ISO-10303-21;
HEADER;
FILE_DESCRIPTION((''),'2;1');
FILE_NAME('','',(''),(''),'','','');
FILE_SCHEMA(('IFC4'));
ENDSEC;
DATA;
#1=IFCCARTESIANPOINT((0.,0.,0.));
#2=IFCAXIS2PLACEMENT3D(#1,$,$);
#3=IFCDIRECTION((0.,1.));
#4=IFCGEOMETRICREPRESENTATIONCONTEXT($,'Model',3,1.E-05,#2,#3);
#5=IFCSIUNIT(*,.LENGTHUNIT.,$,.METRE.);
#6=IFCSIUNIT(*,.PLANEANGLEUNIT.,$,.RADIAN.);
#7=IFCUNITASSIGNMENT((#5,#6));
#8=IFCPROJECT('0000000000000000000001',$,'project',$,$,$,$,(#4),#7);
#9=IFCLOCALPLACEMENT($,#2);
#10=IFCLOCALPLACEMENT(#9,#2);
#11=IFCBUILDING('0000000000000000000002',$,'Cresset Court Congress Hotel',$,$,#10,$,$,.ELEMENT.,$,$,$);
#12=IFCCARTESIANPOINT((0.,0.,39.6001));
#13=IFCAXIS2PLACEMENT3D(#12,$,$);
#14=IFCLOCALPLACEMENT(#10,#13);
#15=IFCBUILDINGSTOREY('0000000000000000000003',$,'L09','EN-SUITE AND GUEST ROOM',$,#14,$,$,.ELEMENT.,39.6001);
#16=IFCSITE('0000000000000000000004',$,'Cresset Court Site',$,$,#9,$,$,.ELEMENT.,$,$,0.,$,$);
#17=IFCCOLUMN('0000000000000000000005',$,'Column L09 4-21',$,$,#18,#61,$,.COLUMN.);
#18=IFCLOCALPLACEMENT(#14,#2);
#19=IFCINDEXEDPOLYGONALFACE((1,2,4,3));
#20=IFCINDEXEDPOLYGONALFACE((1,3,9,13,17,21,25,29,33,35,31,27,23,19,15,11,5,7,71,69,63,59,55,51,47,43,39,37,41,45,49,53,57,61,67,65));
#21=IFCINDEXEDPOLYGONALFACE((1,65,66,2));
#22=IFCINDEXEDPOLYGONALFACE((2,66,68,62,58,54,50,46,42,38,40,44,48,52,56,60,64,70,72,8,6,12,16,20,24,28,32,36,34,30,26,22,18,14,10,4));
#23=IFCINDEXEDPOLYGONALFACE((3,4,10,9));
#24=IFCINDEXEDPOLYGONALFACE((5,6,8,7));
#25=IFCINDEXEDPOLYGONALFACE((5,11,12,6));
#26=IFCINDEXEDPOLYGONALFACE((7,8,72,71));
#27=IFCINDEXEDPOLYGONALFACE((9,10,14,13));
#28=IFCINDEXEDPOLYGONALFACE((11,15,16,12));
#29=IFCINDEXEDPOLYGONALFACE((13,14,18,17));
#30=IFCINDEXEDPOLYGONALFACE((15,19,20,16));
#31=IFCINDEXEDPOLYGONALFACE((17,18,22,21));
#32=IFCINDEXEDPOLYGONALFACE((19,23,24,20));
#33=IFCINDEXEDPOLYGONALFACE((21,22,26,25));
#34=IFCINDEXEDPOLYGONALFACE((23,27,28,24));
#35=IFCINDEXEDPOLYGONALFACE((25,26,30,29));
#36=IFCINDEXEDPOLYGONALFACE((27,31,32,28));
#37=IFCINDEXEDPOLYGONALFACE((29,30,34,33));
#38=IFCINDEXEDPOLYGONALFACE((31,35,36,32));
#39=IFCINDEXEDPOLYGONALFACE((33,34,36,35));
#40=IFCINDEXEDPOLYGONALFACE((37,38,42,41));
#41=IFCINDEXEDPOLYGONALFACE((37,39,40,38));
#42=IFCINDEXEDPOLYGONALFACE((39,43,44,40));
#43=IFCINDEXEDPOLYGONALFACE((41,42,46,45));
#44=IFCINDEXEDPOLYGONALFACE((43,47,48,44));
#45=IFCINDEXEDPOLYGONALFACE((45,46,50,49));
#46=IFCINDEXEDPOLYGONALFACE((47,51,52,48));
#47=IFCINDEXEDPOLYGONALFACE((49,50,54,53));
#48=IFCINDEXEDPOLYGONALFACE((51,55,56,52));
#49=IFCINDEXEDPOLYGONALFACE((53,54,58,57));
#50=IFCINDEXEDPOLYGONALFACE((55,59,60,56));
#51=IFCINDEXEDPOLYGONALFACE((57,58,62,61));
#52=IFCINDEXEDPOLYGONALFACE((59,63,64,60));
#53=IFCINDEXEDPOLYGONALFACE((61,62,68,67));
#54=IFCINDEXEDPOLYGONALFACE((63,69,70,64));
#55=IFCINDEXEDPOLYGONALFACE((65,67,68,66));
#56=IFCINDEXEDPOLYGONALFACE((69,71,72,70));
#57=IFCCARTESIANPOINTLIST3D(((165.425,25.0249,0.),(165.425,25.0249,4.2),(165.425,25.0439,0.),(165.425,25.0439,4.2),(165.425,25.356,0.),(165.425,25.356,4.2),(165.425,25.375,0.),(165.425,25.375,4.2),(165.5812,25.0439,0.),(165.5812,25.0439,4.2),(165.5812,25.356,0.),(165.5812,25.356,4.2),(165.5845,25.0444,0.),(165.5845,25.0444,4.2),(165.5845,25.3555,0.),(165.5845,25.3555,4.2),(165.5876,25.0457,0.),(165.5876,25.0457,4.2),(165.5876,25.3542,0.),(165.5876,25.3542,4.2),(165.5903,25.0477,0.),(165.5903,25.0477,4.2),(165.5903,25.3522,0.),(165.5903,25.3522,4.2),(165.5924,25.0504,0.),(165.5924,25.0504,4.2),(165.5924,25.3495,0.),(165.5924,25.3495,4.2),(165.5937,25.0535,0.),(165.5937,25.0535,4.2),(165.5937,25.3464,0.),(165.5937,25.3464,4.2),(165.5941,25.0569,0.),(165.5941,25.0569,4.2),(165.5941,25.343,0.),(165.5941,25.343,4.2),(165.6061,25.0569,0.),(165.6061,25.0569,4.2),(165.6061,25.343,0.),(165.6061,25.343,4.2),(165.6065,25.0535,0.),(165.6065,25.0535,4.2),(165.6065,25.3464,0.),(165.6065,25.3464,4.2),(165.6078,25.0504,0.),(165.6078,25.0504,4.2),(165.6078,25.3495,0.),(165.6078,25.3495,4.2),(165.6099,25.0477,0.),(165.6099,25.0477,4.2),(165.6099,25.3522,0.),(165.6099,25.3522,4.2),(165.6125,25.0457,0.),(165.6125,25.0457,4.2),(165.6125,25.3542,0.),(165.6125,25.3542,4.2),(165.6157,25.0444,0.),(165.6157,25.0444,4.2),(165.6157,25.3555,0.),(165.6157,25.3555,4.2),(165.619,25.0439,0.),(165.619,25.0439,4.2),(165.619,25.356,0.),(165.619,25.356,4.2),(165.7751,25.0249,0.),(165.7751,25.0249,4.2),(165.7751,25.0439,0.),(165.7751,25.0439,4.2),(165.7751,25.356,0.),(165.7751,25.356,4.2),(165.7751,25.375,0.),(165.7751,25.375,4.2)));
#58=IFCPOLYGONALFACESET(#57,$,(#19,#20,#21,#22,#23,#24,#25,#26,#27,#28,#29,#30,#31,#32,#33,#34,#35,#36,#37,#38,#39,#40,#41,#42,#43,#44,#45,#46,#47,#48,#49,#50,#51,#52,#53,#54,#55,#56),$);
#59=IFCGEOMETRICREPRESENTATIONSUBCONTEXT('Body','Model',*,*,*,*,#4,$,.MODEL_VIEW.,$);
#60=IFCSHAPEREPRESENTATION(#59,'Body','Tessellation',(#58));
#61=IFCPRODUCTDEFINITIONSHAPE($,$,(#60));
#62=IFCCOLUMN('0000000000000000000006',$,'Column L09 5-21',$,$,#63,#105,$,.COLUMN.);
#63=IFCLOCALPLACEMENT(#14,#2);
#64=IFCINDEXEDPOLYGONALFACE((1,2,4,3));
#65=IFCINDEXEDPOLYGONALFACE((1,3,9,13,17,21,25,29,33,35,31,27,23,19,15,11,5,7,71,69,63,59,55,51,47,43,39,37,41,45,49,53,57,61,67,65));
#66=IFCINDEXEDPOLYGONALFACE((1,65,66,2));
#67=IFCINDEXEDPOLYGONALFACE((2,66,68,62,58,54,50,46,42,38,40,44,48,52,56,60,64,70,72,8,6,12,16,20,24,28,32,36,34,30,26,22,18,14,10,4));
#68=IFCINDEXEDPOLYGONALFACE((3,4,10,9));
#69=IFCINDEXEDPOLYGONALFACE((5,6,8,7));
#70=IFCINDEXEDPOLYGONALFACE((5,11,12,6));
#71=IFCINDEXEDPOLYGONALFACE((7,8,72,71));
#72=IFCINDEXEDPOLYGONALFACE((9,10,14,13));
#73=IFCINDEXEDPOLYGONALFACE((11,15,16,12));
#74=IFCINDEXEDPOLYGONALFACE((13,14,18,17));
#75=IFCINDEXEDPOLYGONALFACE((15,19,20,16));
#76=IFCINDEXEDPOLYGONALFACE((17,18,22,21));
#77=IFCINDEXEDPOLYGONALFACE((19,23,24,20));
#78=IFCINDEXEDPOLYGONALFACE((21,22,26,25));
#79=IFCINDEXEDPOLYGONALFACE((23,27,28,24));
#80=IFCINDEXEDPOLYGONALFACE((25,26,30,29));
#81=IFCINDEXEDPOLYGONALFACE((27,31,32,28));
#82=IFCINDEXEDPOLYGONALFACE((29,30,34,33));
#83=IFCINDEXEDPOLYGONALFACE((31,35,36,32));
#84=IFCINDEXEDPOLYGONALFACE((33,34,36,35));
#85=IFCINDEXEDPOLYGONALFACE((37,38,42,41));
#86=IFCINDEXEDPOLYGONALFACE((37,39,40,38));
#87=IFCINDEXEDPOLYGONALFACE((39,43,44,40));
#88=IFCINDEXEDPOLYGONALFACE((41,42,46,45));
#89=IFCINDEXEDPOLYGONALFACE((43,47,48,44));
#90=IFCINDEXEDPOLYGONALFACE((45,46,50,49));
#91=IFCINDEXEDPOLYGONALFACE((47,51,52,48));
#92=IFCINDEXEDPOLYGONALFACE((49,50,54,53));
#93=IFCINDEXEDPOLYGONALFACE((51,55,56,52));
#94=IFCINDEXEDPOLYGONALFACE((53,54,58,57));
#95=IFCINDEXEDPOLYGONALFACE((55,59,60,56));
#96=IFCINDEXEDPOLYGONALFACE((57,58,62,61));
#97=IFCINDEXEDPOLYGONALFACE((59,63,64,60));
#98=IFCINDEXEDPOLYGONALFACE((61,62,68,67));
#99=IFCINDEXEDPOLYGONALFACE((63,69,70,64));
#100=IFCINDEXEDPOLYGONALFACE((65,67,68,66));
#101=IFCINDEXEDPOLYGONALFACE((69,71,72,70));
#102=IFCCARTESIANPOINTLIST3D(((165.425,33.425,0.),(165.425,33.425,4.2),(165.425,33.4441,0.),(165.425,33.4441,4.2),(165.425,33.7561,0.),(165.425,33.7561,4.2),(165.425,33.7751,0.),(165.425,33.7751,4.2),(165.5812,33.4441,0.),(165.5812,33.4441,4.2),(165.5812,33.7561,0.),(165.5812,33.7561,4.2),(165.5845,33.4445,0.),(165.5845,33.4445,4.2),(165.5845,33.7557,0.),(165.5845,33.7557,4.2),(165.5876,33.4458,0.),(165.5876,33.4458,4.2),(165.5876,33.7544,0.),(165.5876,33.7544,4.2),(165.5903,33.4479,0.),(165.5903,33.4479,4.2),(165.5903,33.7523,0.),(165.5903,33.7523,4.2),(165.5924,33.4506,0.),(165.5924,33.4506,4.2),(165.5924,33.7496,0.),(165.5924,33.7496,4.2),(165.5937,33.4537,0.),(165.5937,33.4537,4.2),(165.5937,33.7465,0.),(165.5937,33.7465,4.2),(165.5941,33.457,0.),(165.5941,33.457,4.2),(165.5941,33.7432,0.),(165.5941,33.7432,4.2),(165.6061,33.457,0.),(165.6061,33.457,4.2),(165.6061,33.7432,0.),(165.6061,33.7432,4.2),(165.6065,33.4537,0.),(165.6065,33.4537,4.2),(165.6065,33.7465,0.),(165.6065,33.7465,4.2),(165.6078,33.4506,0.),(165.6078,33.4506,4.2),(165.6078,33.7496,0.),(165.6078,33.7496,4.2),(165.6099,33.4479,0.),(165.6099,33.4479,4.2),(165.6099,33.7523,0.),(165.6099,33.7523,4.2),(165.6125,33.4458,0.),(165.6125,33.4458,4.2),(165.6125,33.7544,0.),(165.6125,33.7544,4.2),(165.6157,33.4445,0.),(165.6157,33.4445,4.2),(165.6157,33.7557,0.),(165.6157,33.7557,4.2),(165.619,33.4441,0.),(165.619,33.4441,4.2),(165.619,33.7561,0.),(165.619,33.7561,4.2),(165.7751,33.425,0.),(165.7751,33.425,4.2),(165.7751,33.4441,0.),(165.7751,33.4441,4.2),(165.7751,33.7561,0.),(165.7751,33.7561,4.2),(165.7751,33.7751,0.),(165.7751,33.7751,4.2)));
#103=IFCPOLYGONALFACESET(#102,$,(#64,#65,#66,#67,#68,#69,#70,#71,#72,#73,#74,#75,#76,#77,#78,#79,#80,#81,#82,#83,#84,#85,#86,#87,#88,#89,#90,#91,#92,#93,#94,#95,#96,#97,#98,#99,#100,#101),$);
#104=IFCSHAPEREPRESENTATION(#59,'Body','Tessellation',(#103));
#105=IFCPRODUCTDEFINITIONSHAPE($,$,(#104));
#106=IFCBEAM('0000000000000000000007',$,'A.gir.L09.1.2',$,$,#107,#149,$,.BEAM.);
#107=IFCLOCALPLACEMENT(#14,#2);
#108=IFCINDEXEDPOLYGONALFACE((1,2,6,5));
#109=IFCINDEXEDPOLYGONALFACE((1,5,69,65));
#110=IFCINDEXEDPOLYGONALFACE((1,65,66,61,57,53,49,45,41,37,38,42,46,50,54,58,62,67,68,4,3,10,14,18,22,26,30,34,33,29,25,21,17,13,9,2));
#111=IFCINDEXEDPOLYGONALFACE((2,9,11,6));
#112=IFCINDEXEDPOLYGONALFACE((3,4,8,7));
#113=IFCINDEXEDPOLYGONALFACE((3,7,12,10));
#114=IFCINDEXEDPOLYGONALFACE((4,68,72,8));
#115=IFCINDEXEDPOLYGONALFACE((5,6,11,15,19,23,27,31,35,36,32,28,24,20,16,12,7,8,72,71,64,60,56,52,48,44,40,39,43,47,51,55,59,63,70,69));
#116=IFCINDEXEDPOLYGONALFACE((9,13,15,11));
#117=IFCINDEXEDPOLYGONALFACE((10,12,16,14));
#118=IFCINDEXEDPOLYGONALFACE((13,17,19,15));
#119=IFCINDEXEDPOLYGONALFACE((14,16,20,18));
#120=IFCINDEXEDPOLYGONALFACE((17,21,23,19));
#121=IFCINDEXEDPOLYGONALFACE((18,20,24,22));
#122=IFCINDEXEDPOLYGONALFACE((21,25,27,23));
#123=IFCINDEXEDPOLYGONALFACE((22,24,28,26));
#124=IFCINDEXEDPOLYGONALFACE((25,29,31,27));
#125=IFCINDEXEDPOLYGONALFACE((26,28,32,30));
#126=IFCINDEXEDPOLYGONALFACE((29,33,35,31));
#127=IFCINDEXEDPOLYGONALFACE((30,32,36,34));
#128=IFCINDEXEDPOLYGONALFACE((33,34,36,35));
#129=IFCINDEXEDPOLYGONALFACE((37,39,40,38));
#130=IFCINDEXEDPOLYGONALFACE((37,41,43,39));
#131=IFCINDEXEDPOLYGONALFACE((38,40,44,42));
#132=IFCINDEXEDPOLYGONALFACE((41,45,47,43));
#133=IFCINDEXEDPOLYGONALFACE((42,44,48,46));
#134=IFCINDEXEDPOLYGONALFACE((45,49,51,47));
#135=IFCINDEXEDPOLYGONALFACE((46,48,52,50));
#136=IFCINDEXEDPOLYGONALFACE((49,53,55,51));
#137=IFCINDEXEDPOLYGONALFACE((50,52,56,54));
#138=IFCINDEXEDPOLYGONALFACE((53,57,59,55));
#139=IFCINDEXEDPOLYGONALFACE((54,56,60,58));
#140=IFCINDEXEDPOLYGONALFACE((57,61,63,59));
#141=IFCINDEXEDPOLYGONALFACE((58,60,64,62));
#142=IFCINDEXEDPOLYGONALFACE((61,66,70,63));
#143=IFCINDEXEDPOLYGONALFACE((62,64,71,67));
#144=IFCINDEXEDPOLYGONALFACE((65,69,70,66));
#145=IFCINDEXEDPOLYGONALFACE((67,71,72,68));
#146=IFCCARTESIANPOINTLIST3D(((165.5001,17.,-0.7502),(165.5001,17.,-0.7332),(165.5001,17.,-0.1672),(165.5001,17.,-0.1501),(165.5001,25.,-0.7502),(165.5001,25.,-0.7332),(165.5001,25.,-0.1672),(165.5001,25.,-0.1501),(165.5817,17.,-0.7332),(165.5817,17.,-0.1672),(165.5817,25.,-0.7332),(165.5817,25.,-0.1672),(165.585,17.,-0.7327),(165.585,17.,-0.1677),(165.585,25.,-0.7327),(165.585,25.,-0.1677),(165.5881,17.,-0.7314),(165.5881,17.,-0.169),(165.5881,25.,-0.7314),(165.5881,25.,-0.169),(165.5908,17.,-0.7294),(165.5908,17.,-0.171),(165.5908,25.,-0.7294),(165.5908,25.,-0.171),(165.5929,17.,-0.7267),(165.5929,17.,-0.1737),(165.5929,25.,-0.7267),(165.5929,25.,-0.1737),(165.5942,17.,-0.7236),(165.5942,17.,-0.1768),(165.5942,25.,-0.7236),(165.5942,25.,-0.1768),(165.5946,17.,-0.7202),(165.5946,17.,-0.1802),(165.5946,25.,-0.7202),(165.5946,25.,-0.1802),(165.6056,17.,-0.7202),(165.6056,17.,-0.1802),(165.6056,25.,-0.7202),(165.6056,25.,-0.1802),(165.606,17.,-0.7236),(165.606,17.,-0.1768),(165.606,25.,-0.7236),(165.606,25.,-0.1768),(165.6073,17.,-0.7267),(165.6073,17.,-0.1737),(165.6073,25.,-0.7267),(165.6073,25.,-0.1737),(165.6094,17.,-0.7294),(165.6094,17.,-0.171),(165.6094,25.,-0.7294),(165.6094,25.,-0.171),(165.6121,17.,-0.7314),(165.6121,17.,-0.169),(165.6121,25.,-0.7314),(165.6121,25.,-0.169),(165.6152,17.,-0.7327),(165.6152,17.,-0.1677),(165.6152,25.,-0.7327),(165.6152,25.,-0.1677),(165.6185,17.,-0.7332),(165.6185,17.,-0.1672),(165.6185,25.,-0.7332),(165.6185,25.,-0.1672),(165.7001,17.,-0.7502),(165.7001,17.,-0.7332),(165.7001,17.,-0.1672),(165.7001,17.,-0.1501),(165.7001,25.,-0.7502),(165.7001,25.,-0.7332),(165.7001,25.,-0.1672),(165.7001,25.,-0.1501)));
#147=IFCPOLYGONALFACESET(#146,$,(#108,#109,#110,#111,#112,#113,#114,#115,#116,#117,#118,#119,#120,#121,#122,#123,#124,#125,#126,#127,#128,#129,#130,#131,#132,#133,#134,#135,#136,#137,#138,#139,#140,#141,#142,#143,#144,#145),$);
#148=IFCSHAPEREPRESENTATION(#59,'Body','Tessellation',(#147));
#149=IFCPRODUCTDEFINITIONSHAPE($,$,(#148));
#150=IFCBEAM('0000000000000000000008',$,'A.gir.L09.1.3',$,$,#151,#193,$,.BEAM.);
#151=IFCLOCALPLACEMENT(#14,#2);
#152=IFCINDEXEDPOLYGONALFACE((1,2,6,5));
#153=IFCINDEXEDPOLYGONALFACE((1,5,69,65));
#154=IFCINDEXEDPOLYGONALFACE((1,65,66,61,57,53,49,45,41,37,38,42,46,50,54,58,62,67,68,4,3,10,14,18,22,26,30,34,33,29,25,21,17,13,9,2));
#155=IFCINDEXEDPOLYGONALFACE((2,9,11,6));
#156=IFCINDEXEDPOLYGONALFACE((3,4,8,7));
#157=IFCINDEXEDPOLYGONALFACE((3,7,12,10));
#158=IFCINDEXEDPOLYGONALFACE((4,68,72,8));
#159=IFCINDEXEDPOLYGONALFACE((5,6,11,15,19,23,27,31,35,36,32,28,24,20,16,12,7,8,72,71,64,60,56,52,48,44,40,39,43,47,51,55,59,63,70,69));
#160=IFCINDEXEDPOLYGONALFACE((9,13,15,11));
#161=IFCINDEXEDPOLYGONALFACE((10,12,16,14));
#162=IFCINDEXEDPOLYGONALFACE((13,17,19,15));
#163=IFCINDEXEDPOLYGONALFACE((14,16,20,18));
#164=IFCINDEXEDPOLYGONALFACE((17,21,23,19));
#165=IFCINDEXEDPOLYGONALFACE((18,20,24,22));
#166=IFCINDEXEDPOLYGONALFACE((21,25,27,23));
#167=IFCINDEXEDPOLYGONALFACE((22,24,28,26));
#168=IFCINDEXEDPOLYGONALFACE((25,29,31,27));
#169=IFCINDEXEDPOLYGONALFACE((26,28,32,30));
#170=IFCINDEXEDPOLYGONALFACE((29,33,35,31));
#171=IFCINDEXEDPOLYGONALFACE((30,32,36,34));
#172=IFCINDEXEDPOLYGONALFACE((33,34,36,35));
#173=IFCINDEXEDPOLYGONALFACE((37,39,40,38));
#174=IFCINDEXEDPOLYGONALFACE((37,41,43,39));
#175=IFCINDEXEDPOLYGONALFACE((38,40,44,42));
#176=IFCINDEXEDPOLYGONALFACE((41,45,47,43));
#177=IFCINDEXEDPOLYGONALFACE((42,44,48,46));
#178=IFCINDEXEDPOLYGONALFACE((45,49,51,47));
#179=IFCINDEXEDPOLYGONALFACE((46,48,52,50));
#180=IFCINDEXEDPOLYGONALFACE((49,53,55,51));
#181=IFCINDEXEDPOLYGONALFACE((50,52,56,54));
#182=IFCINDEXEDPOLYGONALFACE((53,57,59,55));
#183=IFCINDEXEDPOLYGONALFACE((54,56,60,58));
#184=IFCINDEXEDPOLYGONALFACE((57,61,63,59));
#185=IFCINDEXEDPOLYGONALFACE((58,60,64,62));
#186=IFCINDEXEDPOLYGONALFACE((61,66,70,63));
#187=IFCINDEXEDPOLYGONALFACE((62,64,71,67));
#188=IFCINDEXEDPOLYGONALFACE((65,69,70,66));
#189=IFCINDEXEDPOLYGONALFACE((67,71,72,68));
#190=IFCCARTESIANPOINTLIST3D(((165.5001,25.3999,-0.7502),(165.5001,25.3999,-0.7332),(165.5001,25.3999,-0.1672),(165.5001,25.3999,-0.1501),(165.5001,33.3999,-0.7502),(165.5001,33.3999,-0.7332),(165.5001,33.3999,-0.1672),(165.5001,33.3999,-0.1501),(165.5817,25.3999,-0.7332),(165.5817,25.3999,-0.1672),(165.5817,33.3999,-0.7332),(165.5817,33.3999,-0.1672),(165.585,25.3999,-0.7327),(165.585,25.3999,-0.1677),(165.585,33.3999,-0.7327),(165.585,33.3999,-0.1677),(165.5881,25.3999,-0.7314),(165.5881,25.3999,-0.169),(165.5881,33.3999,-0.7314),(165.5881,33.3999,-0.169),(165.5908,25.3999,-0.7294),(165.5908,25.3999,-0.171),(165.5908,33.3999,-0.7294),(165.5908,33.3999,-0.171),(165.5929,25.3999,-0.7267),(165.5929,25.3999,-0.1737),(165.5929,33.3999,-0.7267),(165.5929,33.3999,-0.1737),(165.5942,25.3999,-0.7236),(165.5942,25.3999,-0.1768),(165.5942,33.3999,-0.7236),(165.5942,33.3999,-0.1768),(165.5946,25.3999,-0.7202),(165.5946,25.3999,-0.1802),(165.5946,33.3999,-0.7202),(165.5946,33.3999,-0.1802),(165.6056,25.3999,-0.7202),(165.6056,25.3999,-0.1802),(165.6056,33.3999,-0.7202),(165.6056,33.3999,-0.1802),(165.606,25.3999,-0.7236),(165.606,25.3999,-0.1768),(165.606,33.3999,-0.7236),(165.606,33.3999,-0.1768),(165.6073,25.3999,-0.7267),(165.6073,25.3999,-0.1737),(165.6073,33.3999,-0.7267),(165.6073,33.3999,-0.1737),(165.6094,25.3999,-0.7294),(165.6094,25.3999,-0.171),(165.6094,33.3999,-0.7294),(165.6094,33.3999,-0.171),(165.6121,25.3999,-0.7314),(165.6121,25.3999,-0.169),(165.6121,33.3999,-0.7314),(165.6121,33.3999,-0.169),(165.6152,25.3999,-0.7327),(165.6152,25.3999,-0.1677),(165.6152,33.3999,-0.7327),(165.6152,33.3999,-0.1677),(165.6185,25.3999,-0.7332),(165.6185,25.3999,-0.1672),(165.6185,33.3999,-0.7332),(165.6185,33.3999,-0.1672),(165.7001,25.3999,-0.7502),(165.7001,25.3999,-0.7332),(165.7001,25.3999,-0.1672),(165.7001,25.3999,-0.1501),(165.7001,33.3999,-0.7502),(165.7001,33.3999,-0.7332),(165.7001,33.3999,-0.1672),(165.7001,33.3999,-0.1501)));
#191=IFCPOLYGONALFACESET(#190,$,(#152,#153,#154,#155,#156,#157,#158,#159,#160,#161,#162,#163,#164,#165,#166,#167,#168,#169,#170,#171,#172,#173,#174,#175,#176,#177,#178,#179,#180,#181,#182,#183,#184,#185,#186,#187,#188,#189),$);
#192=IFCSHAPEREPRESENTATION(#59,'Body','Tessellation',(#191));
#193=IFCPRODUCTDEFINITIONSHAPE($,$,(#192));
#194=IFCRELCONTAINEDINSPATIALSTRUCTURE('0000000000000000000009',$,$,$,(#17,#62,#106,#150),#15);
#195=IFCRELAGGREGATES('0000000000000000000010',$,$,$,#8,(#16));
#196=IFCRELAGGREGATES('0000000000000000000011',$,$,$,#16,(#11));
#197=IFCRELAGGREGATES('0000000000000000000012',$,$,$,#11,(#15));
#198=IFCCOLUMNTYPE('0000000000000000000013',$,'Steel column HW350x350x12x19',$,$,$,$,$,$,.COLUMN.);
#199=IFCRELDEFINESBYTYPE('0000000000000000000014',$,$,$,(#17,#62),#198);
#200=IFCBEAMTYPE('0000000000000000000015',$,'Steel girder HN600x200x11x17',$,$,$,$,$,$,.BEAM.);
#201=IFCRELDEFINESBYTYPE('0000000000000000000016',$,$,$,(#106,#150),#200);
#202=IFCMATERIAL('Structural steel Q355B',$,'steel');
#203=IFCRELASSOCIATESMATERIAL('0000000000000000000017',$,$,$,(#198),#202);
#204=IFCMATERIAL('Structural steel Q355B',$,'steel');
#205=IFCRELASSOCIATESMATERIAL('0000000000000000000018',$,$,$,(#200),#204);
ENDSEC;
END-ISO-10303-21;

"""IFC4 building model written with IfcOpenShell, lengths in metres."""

from ifc_helpers import new_model, si_unit, direction, frame, origin, origin_2d, place, context, subcontext, project, spatial, i_section, extrude, material, material_profile, profile_set, type_object, element, save


model = new_model("IFC4")

# Units and contexts
model_context = context("Model", 3, precision=1e-05, world=origin(), true_north=direction((0.0, 1.0)))
body_context = subcontext(model_context, "Body", "Model", "MODEL_VIEW")
ifc_project = project(units=[si_unit("LENGTHUNIT", "METRE"), si_unit("PLANEANGLEUNIT", "RADIAN")], contexts=[model_context])

# Site, building, storey
site_placement = place(None, origin())
site = spatial("IfcSite", under=ifc_project, at=site_placement, Name="Cresset Court Site", CompositionType="ELEMENT", RefElevation=0.0)
building_placement = place(site_placement, origin())
building = spatial("IfcBuilding", under=site, at=building_placement, Name="Cresset Court Congress Hotel", CompositionType="ELEMENT")
storey_placement = place(building_placement, frame((0.0, 0.0, 39.6001)))
storey = spatial("IfcBuildingStorey", under=building, at=storey_placement, Name="L09", Description="EN-SUITE AND GUEST ROOM", CompositionType="ELEMENT", Elevation=39.6001)

# Columns
ifc_material_1 = material(Name="Structural steel Q355B", Category="steel")
ifc_material_profile_1 = material_profile(ifc_material_1, i_section(OverallWidth=0.3501, OverallDepth=0.3501, WebThickness=0.012, FlangeThickness=0.019, FilletRadius=0.0129, at=origin_2d()), Name="HW350x350x12x19")
ifc_profile_set_1 = profile_set([ifc_material_profile_1], Name="Structural steel Q355B")
column_type = type_object("IfcColumnType", Name="Steel column HW350x350x12x19", PredefinedType="COLUMN", material=ifc_profile_set_1)
for number, where, z_axis, x_axis, name in (
    (1, (165.6001, 25.2, 0.0), (0.0, 0.0, 1.0), (1.0, 0.0, 0.0), "Column L09 4-21"),
    (2, (165.6001, 33.6001, 0.0), (0.0, 0.0, 1.0), (1.0, 0.0, 0.0), "Column L09 5-21"),
):
    element("IfcColumn", number, at=place(storey_placement, frame(where, z_axis=z_axis, x_axis=x_axis)), inside=storey, type_object=column_type, Name=name, PredefinedType="COLUMN", context=body_context, shape_type="SweptSolid", body=[
        extrude(i_section(OverallWidth=0.3501, OverallDepth=0.3501, WebThickness=0.012, FlangeThickness=0.019, FilletRadius=0.0129, at=origin_2d()), origin(), (0.0, 0.0, 1.0), 4.2),
    ])

# Beams
ifc_material_2 = material(Name="Structural steel Q355B", Category="steel")
ifc_material_profile_2 = material_profile(ifc_material_2, i_section(OverallWidth=0.2, OverallDepth=0.6001, WebThickness=0.011, FlangeThickness=0.0171, FilletRadius=0.0129, at=origin_2d()), Name="HN600x200x11x17")
ifc_profile_set_2 = profile_set([ifc_material_profile_2], Name="Structural steel Q355B")
beam_type = type_object("IfcBeamType", Name="Steel girder HN600x200x11x17", PredefinedType="BEAM", material=ifc_profile_set_2)
for number, where, z_axis, x_axis, name in (
    (3, (165.6001, 17.0, -0.4502), (0.0, 1.0, 0.0), (-1.0, 0.0, 0.0), "A.gir.L09.1.2"),
    (4, (165.6001, 25.3999, -0.4502), (0.0, 1.0, 0.0), (-1.0, 0.0, 0.0), "A.gir.L09.1.3"),
):
    element("IfcBeam", number, at=place(storey_placement, frame(where, z_axis=z_axis, x_axis=x_axis)), inside=storey, type_object=beam_type, Name=name, PredefinedType="BEAM", context=body_context, shape_type="SweptSolid", body=[
        extrude(i_section(OverallWidth=0.2, OverallDepth=0.6001, WebThickness=0.011, FlangeThickness=0.0171, FilletRadius=0.0129, at=origin_2d()), origin(), (0.0, 0.0, 1.0), 8.0),
    ])

save(model, "model.ifc")
